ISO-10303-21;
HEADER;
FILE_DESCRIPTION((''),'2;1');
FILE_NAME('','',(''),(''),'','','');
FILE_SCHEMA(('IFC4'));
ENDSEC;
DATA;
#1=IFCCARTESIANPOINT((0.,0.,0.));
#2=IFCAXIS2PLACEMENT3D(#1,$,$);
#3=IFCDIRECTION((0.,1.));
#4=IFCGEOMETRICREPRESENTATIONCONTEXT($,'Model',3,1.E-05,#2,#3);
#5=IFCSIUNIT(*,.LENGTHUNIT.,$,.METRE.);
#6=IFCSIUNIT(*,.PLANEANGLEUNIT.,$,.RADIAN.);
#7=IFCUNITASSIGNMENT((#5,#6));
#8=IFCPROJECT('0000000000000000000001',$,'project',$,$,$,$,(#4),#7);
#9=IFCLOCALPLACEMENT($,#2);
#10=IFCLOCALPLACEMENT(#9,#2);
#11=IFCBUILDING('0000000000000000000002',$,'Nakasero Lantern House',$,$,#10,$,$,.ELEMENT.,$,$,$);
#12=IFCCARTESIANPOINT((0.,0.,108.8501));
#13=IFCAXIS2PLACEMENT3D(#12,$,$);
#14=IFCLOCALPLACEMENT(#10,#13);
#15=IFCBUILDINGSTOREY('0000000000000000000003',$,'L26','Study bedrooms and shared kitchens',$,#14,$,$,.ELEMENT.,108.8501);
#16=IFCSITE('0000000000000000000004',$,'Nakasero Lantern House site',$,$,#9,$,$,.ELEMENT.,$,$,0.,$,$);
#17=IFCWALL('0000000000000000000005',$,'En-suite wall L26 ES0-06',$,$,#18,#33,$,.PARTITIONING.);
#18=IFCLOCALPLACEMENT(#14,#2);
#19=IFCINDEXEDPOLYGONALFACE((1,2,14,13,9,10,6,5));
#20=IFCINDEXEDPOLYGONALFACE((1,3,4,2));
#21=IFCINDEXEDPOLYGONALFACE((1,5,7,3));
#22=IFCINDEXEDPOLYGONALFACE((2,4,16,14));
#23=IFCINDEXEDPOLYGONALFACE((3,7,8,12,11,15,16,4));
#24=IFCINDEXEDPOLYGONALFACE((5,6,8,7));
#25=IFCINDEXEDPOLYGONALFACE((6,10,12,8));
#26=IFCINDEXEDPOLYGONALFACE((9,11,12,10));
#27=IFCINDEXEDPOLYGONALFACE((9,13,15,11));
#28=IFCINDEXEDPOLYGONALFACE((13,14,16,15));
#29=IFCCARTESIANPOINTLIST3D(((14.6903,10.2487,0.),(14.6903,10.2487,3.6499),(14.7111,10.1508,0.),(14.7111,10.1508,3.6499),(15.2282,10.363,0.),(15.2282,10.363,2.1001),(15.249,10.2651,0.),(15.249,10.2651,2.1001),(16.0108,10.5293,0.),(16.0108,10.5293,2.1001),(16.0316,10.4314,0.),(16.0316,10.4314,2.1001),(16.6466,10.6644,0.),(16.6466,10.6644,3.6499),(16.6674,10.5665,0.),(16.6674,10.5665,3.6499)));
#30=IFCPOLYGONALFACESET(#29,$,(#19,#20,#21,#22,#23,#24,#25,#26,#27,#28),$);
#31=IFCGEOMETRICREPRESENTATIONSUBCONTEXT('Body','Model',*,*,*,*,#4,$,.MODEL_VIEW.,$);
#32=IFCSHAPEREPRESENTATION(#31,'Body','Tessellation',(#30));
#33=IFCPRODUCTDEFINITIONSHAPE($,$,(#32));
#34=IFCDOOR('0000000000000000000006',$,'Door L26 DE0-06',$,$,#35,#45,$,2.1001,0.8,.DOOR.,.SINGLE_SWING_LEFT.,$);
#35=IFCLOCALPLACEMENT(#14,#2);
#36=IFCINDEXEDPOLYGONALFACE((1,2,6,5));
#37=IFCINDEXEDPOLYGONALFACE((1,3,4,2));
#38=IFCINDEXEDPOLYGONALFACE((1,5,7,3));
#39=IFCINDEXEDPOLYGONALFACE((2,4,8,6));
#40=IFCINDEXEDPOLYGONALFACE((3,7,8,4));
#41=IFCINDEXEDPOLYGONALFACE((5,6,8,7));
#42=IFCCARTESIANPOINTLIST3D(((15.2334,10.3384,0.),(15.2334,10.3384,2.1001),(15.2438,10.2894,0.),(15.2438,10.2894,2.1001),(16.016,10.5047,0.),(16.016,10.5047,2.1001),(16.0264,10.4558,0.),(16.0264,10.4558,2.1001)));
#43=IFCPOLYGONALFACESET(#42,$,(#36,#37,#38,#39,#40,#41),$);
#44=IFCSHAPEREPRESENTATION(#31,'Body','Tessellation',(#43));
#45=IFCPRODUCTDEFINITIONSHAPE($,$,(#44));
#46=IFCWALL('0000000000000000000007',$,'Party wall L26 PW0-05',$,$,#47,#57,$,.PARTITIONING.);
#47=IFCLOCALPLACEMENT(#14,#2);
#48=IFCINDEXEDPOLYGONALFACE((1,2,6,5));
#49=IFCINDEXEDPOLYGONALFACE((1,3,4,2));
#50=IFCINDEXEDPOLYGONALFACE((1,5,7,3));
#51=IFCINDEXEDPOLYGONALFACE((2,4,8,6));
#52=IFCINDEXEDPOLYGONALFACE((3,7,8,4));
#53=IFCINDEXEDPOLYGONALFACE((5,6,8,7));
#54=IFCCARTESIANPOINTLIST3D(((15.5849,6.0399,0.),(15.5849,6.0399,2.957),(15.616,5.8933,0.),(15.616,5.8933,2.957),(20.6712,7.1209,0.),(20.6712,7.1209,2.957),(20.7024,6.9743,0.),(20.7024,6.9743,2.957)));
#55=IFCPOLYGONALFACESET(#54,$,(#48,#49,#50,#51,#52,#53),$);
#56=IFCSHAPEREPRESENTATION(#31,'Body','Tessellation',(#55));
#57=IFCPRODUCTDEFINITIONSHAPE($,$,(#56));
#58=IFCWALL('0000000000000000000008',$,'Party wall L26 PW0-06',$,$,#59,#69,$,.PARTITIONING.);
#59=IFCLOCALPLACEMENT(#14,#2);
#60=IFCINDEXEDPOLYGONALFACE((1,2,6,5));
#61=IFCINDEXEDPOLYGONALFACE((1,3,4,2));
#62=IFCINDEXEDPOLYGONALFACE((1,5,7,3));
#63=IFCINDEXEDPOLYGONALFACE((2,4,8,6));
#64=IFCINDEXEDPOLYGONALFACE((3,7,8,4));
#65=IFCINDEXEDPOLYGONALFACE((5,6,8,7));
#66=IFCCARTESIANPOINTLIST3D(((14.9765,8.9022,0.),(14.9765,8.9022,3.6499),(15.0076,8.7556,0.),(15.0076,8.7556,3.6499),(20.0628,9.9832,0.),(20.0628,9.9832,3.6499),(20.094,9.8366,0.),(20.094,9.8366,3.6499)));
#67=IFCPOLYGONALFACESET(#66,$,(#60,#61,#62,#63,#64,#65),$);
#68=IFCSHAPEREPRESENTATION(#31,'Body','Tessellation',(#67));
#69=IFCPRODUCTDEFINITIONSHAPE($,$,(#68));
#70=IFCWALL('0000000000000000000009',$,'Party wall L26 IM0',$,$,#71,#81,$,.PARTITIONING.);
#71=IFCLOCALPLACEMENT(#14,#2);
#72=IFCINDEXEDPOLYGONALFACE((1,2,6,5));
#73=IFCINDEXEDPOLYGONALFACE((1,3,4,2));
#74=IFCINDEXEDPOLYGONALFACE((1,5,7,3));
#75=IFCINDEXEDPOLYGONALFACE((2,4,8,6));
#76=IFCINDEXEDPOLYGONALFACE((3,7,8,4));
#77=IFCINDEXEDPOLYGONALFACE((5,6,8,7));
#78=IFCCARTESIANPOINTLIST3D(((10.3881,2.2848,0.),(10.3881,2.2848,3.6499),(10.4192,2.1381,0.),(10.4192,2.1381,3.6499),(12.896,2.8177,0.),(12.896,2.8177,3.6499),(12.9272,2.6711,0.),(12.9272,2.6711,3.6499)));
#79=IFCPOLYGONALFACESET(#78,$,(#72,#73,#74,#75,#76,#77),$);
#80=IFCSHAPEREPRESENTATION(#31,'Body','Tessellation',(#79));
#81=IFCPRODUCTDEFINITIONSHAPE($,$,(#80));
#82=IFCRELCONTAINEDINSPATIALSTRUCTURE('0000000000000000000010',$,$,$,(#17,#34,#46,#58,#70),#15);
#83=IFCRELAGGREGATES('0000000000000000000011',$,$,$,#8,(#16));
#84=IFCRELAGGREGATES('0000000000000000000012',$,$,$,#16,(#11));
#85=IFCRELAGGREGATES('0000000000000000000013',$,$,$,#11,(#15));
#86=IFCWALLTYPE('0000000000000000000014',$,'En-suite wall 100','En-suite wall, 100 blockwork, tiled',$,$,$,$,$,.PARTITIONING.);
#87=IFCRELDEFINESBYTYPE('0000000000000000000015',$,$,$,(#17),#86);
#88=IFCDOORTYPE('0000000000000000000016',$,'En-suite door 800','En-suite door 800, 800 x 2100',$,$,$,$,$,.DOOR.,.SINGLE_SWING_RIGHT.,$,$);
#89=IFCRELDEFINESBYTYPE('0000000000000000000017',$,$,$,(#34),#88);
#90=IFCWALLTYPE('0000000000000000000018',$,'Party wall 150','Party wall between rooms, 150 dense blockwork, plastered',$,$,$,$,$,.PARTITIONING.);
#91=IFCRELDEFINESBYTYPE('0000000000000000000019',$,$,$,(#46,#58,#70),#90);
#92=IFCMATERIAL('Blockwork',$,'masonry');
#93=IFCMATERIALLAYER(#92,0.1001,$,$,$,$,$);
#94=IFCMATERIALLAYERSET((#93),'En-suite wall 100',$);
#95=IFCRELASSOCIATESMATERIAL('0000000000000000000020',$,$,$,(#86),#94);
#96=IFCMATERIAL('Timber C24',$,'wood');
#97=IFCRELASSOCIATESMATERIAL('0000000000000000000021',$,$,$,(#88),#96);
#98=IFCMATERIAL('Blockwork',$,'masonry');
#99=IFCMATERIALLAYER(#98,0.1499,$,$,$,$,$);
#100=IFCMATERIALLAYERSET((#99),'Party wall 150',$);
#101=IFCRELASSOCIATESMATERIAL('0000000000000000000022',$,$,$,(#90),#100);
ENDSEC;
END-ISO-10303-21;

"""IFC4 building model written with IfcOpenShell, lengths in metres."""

from ifc_helpers import new_model, si_unit, direction, frame, frame_2d, origin, place, context, subcontext, project, spatial, rectangle, extrude, material, layer, layer_set, type_object, element, fill, save


model = new_model("IFC4")

# Units and contexts
model_context = context("Model", 3, precision=1e-05, world=origin(), true_north=direction((0.0, 1.0)))
body_context = subcontext(model_context, "Body", "Model", "MODEL_VIEW")
ifc_project = project(units=[si_unit("LENGTHUNIT", "METRE"), si_unit("PLANEANGLEUNIT", "RADIAN")], contexts=[model_context])

# Site, building, storey
site_placement = place(None, origin())
site = spatial("IfcSite", under=ifc_project, at=site_placement, Name="Nakasero Lantern House site", CompositionType="ELEMENT", RefElevation=0.0)
building_placement = place(site_placement, origin())
building = spatial("IfcBuilding", under=site, at=building_placement, Name="Nakasero Lantern House", CompositionType="ELEMENT")
storey_placement = place(building_placement, frame((0.0, 0.0, 108.8501)))
storey = spatial("IfcBuildingStorey", under=building, at=storey_placement, Name="L26", Description="Study bedrooms and shared kitchens", CompositionType="ELEMENT", Elevation=108.8501)

# Shared definitions
ifc_material_1 = material(Name="Blockwork", Category="masonry")
ifc_layer_1 = layer(ifc_material_1, 0.1001)
ifc_layer_set_1 = layer_set([ifc_layer_1], Name="En-suite wall 100")
wall_type_1 = type_object("IfcWallType", Name="En-suite wall 100", Description="En-suite wall, 100 blockwork, tiled", PredefinedType="PARTITIONING", material=ifc_layer_set_1)

# Shared definitions
ifc_material_2 = material(Name="Timber C24", Category="wood")
door_type = type_object("IfcDoorType", Name="En-suite door 800", Description="En-suite door 800, 800 x 2100", OperationType="SINGLE_SWING_RIGHT", PredefinedType="DOOR", material=ifc_material_2)

# Wall, opening, door
wall_1_placement = place(storey_placement, frame((14.7007, 10.1997, 0.0), z_axis=(0.0, 0.0, 1.0), x_axis=(0.978153, 0.207886, 0.0)))
wall_1 = element("IfcWall", 1, at=wall_1_placement, inside=storey, type_object=wall_type_1, Name="En-suite wall L26 ES0-06", PredefinedType="PARTITIONING", context=body_context, shape_type="SweptSolid", body=[
    extrude(rectangle(XDim=2.0, YDim=0.1001, at=frame_2d((1.0, 0.0))), origin(), (0.0, 0.0, 1.0), 3.6499),
])
opening_1_placement = place(wall_1_placement, frame((0.55, 0.0, 0.0)))
opening_1 = element("IfcOpeningElement", 2, at=opening_1_placement, cuts=wall_1, PredefinedType="OPENING", context=body_context, shape_type="SweptSolid", body=[
    extrude(rectangle(XDim=0.8, YDim=2.1001, at=frame_2d((0.3999, 1.05))), frame((0.0, 0.0701, 0.0), z_axis=(0.0, -1.0, 0.0), x_axis=(1.0, 0.0, 0.0)), (0.0, 0.0, 1.0), 0.1401),
])
door_1_placement = place(opening_1_placement, origin())
door_1 = element("IfcDoor", 3, at=door_1_placement, inside=storey, type_object=door_type, Name="Door L26 DE0-06", OperationType="SINGLE_SWING_LEFT", OverallHeight=2.1001, OverallWidth=0.8, PredefinedType="DOOR", context=body_context, shape_type="SweptSolid", body=[
    extrude(rectangle(XDim=0.8, YDim=2.1001, at=frame_2d((0.3999, 1.05))), frame((0.0, 0.0249, 0.0), z_axis=(0.0, -1.0, 0.0), x_axis=(1.0, 0.0, 0.0)), (0.0, 0.0, 1.0), 0.05),
])
fill(opening_1, door_1)

# Walls
ifc_material_3 = material(Name="Blockwork", Category="masonry")
ifc_layer_2 = layer(ifc_material_3, 0.1499)
ifc_layer_set_2 = layer_set([ifc_layer_2], Name="Party wall 150")
wall_type_2 = type_object("IfcWallType", Name="Party wall 150", Description="Party wall between rooms, 150 dense blockwork, plastered", PredefinedType="PARTITIONING", material=ifc_layer_set_2)
wall_2_placement = place(storey_placement, frame((15.6003, 5.9666, 0.0), z_axis=(0.0, 0.0, 1.0), x_axis=(0.978151, 0.207894, 0.0)))
element("IfcWall", 4, at=wall_2_placement, inside=storey, type_object=wall_type_2, Name="Party wall L26 PW0-05", PredefinedType="PARTITIONING", context=body_context, shape_type="SweptSolid", body=[
    extrude(rectangle(XDim=5.2, YDim=0.1499, at=frame_2d((2.6001, 0.0))), origin(), (0.0, 0.0, 1.0), 2.957),
])
wall_3_placement = place(storey_placement, frame((14.9919, 8.8289, 0.0), z_axis=(0.0, 0.0, 1.0), x_axis=(0.978151, 0.207894, 0.0)))
element("IfcWall", 5, at=wall_3_placement, inside=storey, type_object=wall_type_2, Name="Party wall L26 PW0-06", PredefinedType="PARTITIONING", context=body_context, shape_type="SweptSolid", body=[
    extrude(rectangle(XDim=5.2, YDim=0.1499, at=frame_2d((2.6001, 0.0))), origin(), (0.0, 0.0, 1.0), 3.6499),
])
wall_4_placement = place(storey_placement, frame((12.9116, 2.7444, 0.0), z_axis=(0.0, 0.0, 1.0), x_axis=(-0.978159, -0.207858, 0.0)))
element("IfcWall", 6, at=wall_4_placement, inside=storey, type_object=wall_type_2, Name="Party wall L26 IM0", PredefinedType="PARTITIONING", context=body_context, shape_type="SweptSolid", body=[
    extrude(rectangle(XDim=2.564, YDim=0.1499, at=frame_2d((1.282, 0.0))), origin(), (0.0, 0.0, 1.0), 3.6499),
])

save(model, "model.ifc")
